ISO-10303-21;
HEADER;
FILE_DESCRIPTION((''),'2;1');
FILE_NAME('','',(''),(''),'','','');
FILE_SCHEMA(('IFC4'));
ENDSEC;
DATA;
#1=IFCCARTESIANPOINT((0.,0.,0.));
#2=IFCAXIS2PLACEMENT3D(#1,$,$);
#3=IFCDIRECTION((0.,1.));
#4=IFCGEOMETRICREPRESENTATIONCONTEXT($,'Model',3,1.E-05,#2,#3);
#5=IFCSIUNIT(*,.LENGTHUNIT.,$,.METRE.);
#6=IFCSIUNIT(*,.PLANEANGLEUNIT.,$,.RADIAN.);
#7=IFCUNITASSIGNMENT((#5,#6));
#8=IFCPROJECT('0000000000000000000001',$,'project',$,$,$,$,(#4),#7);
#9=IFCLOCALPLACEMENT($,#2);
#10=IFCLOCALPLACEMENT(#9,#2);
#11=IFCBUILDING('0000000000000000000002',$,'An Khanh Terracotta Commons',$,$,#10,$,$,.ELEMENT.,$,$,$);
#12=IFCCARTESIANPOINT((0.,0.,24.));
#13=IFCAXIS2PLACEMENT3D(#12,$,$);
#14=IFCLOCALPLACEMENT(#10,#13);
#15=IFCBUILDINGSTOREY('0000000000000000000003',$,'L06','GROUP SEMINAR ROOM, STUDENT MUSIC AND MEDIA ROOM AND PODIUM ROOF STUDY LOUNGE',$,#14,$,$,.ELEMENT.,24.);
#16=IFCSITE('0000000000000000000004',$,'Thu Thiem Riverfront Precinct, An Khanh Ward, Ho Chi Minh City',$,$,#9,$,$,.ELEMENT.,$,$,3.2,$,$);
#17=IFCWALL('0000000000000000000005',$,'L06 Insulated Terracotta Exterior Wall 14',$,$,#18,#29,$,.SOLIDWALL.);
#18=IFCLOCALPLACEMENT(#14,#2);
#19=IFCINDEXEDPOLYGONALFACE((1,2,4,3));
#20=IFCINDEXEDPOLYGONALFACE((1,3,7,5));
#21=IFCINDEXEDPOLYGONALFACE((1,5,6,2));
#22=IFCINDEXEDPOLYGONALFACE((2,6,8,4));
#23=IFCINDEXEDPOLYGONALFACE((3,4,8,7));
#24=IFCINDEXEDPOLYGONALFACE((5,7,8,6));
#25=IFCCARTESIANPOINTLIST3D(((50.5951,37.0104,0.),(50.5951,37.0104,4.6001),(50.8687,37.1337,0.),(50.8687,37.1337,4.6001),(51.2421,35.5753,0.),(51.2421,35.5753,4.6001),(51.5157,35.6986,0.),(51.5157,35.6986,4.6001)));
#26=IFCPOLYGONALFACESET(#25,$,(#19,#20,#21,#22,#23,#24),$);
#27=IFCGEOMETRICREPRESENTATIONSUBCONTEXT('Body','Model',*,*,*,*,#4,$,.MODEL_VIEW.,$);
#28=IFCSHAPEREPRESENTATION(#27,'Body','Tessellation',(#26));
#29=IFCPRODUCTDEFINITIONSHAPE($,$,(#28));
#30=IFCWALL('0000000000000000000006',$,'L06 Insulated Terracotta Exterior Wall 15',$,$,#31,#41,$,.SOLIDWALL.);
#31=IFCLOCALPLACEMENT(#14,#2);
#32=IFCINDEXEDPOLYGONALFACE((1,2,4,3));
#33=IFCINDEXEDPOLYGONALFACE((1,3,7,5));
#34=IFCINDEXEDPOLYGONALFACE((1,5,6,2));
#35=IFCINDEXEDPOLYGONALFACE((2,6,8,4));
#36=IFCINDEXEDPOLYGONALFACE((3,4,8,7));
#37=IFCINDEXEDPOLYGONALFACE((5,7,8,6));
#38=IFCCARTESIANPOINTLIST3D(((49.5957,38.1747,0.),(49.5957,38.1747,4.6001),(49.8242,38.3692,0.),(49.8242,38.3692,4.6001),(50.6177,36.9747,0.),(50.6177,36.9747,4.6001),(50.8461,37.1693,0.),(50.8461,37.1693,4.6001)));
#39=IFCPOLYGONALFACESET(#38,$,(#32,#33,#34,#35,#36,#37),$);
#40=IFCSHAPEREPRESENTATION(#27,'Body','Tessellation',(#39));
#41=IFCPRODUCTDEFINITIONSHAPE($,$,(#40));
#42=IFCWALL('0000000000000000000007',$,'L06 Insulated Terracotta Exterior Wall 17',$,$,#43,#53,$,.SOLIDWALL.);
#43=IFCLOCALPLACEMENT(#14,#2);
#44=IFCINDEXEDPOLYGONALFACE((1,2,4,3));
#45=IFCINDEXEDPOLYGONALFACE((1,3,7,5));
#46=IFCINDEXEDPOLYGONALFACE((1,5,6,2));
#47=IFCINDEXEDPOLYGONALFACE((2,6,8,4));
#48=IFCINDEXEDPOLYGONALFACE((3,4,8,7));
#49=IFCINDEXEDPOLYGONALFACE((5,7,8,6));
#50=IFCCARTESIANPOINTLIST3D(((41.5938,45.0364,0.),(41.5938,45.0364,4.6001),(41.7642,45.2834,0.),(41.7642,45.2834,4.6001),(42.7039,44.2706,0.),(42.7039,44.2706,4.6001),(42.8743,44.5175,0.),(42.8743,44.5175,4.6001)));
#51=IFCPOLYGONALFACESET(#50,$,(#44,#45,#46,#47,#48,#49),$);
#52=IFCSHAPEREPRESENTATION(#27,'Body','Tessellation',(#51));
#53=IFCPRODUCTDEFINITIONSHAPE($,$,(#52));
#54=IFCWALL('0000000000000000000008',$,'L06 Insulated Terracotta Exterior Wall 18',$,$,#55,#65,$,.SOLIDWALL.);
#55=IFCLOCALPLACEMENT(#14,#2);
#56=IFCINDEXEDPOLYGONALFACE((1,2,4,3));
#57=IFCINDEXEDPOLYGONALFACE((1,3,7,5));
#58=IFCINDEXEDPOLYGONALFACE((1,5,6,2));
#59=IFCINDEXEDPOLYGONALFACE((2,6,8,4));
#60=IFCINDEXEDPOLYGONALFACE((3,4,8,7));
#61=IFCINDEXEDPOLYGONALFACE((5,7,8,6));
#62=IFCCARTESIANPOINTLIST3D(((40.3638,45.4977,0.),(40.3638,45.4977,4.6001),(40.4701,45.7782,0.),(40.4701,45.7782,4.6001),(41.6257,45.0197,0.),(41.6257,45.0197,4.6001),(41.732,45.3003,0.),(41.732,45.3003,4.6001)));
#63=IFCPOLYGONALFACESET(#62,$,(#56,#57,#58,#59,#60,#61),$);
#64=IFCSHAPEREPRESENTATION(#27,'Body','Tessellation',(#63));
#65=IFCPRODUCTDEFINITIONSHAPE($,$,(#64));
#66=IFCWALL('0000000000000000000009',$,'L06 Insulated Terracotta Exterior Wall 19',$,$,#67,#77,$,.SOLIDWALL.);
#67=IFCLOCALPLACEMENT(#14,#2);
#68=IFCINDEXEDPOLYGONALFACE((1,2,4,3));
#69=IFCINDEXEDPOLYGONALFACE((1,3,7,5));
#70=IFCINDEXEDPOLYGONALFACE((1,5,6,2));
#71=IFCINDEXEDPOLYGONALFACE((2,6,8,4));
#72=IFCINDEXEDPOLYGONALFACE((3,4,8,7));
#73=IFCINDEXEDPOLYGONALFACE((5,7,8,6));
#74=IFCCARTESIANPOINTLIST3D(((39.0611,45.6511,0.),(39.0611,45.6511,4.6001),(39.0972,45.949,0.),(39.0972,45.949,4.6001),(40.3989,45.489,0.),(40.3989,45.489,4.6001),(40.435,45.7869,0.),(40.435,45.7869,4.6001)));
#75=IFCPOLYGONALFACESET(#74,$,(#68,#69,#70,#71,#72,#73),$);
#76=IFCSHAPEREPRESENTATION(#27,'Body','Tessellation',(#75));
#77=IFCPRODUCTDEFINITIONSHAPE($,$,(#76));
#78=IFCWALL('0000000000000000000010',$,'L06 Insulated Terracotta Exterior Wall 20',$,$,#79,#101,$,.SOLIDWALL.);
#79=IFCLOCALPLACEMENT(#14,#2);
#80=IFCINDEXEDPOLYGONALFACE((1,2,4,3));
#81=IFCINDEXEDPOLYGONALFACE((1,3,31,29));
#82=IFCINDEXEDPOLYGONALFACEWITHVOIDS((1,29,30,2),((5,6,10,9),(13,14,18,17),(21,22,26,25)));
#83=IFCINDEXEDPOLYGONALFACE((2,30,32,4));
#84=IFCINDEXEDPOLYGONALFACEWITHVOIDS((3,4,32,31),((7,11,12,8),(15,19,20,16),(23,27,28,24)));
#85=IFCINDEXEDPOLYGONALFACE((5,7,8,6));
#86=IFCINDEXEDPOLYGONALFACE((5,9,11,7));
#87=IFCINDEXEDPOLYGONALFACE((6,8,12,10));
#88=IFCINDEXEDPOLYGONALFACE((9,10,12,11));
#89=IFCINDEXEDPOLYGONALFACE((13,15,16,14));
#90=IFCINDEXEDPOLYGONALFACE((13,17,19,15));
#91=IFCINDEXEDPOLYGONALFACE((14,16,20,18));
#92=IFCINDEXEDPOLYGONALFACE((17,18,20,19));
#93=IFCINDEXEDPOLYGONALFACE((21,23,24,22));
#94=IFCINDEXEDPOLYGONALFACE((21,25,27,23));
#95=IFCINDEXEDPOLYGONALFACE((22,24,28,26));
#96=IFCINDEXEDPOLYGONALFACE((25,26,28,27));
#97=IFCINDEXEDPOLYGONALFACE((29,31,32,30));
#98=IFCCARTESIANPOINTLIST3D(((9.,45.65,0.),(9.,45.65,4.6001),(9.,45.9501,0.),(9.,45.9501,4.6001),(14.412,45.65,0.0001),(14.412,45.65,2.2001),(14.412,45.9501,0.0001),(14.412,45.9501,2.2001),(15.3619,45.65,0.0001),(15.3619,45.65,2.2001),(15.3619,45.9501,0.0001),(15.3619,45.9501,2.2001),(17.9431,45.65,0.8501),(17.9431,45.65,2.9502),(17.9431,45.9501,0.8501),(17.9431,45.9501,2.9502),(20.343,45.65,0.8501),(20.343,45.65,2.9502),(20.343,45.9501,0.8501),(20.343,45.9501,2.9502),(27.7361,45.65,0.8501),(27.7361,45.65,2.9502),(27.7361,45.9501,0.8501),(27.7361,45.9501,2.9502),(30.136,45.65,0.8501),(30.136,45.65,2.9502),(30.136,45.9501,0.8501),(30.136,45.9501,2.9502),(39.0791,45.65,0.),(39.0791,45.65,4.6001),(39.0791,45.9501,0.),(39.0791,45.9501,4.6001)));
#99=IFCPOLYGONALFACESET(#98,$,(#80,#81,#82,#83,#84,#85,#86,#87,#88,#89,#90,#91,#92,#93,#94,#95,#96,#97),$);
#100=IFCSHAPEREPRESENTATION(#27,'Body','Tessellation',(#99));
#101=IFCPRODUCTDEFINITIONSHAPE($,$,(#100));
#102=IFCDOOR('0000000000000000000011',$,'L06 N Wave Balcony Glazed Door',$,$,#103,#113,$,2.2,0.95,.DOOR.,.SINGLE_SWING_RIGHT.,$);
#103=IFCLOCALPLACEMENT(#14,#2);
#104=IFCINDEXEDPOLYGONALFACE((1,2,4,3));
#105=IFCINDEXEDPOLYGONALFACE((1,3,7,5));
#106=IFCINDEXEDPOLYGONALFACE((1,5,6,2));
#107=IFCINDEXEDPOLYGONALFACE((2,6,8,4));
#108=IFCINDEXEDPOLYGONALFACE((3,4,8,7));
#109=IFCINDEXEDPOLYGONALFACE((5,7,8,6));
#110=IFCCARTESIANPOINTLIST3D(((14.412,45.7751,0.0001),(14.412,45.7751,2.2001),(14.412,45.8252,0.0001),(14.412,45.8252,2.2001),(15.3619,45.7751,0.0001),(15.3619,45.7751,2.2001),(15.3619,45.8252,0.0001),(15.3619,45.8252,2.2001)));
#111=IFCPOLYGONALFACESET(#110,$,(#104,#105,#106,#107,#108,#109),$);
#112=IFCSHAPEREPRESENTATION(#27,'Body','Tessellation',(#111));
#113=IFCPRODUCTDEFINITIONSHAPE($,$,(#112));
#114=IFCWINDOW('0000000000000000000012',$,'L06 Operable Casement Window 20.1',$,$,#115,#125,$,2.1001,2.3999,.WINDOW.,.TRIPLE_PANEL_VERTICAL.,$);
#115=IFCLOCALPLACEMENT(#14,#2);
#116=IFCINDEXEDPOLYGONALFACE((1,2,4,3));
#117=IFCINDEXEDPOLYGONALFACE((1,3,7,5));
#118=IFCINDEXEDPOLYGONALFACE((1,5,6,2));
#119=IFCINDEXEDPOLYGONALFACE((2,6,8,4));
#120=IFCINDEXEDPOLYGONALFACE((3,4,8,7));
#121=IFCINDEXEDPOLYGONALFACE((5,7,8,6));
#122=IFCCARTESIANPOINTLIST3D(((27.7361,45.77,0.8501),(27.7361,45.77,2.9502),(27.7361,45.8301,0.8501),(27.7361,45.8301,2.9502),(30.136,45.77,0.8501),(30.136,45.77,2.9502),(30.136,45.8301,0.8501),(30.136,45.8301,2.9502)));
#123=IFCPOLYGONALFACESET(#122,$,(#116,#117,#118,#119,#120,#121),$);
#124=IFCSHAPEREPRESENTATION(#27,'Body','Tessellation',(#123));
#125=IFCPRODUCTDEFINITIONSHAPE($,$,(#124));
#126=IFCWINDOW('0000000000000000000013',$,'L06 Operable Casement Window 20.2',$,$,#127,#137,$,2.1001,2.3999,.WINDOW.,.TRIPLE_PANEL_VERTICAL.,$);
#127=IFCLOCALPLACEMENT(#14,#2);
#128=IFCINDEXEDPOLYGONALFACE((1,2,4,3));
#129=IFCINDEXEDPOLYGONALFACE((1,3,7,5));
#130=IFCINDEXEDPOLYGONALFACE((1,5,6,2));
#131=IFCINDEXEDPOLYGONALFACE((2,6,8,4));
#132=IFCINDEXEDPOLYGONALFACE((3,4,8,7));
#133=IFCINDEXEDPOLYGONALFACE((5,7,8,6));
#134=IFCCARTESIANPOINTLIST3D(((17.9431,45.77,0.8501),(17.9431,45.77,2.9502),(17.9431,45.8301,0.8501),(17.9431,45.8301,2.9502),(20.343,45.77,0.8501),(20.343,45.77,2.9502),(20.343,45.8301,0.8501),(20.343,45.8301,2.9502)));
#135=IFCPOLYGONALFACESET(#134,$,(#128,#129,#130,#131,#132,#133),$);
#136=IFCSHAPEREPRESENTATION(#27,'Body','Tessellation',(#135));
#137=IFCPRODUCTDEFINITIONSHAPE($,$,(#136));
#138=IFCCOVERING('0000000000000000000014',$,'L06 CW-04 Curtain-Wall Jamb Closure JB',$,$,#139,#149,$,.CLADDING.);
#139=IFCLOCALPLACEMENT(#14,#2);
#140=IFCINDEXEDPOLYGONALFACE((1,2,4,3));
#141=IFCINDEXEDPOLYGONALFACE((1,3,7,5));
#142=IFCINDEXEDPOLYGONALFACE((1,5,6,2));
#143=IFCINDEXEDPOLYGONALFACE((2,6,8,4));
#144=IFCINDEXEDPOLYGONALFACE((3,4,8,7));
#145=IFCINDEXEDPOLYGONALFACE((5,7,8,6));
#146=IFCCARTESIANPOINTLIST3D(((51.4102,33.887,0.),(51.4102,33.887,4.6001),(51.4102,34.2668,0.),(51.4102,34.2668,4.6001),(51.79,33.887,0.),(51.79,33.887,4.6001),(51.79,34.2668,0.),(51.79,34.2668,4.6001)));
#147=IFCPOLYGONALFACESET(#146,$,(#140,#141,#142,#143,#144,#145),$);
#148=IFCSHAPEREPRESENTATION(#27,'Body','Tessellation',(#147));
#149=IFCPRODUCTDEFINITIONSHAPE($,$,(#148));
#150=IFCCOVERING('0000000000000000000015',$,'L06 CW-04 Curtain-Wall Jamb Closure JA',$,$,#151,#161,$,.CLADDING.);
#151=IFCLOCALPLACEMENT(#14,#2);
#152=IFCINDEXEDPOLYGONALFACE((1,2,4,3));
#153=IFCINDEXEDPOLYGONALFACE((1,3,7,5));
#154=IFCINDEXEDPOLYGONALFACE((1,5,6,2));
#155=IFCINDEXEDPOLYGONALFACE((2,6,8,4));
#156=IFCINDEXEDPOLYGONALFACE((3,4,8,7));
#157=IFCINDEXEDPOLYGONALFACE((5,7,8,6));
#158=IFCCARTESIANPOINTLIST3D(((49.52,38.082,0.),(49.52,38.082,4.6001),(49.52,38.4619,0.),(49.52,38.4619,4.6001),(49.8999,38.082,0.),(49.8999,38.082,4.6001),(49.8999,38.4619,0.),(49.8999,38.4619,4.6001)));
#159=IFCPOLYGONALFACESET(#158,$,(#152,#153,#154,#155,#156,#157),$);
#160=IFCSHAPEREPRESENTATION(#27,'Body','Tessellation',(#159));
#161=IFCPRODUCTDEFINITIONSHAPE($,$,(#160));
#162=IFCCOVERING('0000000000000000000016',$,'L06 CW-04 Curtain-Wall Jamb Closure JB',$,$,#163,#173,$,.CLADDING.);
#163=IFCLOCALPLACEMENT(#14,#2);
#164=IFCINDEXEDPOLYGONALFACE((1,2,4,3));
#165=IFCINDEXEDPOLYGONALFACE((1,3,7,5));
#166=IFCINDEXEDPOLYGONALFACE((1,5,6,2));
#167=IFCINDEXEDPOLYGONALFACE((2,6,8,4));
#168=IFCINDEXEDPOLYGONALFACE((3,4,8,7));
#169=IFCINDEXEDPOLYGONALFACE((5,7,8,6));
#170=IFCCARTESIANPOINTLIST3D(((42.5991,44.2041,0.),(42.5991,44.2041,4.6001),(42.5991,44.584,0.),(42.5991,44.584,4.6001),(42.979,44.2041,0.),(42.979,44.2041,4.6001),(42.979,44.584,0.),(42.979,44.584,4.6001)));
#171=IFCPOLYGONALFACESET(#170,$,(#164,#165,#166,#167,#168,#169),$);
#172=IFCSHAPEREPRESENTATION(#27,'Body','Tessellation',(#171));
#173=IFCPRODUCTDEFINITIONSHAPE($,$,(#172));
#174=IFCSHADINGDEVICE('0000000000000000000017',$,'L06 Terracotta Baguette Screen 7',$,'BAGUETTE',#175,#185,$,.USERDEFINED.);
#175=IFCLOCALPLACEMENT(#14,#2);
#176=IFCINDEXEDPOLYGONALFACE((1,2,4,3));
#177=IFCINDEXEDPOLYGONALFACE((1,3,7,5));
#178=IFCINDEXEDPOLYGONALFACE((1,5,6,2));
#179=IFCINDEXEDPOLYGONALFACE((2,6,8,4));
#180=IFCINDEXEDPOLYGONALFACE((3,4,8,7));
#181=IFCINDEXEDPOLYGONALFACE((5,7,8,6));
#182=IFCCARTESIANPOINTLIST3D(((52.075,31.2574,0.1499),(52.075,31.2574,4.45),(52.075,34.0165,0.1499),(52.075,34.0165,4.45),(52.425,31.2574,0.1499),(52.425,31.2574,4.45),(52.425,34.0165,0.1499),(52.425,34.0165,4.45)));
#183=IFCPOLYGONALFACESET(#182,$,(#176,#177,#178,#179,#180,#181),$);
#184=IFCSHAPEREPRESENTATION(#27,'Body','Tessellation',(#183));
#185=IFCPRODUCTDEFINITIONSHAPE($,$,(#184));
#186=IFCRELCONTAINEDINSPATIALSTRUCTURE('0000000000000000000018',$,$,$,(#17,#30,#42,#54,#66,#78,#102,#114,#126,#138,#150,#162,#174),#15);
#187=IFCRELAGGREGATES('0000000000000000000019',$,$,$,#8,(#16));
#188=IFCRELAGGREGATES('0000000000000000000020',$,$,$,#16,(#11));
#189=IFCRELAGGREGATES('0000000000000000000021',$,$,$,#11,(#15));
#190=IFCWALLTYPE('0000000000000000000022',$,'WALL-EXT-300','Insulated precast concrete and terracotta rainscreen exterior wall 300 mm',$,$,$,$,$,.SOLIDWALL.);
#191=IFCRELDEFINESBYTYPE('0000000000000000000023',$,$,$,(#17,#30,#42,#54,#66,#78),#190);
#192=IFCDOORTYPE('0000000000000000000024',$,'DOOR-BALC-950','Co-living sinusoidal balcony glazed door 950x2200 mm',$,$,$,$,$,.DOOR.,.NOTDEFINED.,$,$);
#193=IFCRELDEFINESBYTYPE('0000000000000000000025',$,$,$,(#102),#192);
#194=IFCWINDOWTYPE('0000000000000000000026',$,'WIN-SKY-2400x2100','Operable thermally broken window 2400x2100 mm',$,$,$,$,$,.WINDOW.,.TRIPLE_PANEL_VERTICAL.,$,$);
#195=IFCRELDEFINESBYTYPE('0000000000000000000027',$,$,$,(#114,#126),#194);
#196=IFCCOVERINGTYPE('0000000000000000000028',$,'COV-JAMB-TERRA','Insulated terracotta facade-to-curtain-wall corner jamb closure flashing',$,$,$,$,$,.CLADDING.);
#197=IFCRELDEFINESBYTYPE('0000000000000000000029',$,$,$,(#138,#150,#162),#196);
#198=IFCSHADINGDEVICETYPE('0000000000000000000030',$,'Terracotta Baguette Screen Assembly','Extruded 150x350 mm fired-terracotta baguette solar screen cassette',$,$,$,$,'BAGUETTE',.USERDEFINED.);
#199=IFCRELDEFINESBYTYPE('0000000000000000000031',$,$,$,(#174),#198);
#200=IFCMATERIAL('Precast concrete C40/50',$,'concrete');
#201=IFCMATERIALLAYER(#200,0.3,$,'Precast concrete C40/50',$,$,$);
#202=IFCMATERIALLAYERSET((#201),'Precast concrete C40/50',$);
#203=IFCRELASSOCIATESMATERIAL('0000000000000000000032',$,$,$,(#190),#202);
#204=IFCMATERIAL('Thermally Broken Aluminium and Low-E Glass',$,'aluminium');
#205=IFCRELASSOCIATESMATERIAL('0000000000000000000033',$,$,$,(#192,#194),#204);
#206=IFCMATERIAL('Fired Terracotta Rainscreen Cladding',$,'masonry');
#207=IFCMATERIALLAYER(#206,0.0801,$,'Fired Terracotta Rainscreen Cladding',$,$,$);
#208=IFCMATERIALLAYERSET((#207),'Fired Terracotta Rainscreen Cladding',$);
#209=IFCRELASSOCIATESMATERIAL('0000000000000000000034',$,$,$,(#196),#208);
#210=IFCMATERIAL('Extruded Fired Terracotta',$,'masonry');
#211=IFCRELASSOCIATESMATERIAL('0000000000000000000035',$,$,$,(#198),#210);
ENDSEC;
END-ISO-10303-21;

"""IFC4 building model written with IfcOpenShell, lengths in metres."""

from ifc_helpers import new_model, si_unit, direction, frame, frame_2d, origin, origin_2d, place, context, subcontext, project, spatial, rectangle, extrude, material, layer, layer_set, type_object, element, fill, save


model = new_model("IFC4")

# Units and contexts
model_context = context("Model", 3, precision=1e-05, world=origin(), true_north=direction((0.0, 1.0)))
body_context = subcontext(model_context, "Body", "Model", "MODEL_VIEW")
ifc_project = project(units=[si_unit("LENGTHUNIT", "METRE"), si_unit("PLANEANGLEUNIT", "RADIAN")], contexts=[model_context])

# Site, building, storey
site_placement = place(None, origin())
site = spatial("IfcSite", under=ifc_project, at=site_placement, Name="Thu Thiem Riverfront Precinct, An Khanh Ward, Ho Chi Minh City", CompositionType="ELEMENT", RefElevation=3.2)
building_placement = place(site_placement, origin())
building = spatial("IfcBuilding", under=site, at=building_placement, Name="An Khanh Terracotta Commons", CompositionType="ELEMENT")
storey_placement = place(building_placement, frame((0.0, 0.0, 24.0)))
storey = spatial("IfcBuildingStorey", under=building, at=storey_placement, Name="L06", Description="GROUP SEMINAR ROOM, STUDENT MUSIC AND MEDIA ROOM AND PODIUM ROOF STUDY LOUNGE", CompositionType="ELEMENT", Elevation=24.0)

# Walls
ifc_material_1 = material(Name="Precast concrete C40/50", Category="concrete")
ifc_layer_1 = layer(ifc_material_1, 0.3, Name="Precast concrete C40/50")
ifc_layer_set_1 = layer_set([ifc_layer_1], Name="Precast concrete C40/50")
wall_type = type_object("IfcWallType", Name="WALL-EXT-300", Description="Insulated precast concrete and terracotta rainscreen exterior wall 300 mm", PredefinedType="SOLIDWALL", material=ifc_layer_set_1)
wall_1_placement = place(storey_placement, frame((51.3789, 35.637, 0.0), z_axis=(0.0, 0.0, 1.0), x_axis=(-0.410997, 0.911637, 0.0)))
element("IfcWall", 1, at=wall_1_placement, inside=storey, type_object=wall_type, Name="L06 Insulated Terracotta Exterior Wall 14", PredefinedType="SOLIDWALL", context=body_context, shape_type="SweptSolid", body=[
    extrude(rectangle(XDim=1.5742, YDim=0.3, at=frame_2d((0.7871, 0.0))), origin(), (0.0, 0.0, 1.0), 4.6001),
])
wall_2_placement = place(storey_placement, frame((50.7319, 37.072, 0.0), z_axis=(0.0, 0.0, 1.0), x_axis=(-0.64839, 0.761308, 0.0)))
element("IfcWall", 2, at=wall_2_placement, inside=storey, type_object=wall_type, Name="L06 Insulated Terracotta Exterior Wall 15", PredefinedType="SOLIDWALL", context=body_context, shape_type="SweptSolid", body=[
    extrude(rectangle(XDim=1.5762, YDim=0.3, at=frame_2d((0.7881, 0.0))), origin(), (0.0, 0.0, 1.0), 4.6001),
])
wall_3_placement = place(storey_placement, frame((42.7891, 44.394, 0.0), z_axis=(0.0, 0.0, 1.0), x_axis=(-0.823117, 0.567873, 0.0)))
element("IfcWall", 3, at=wall_3_placement, inside=storey, type_object=wall_type, Name="L06 Insulated Terracotta Exterior Wall 17", PredefinedType="SOLIDWALL", context=body_context, shape_type="SweptSolid", body=[
    extrude(rectangle(XDim=1.3486, YDim=0.3, at=frame_2d((0.6743, 0.0))), origin(), (0.0, 0.0, 1.0), 4.6001),
])
wall_4_placement = place(storey_placement, frame((41.679, 45.1599, 0.0), z_axis=(0.0, 0.0, 1.0), x_axis=(-0.935157, 0.354234, 0.0)))
element("IfcWall", 4, at=wall_4_placement, inside=storey, type_object=wall_type, Name="L06 Insulated Terracotta Exterior Wall 18", PredefinedType="SOLIDWALL", context=body_context, shape_type="SweptSolid", body=[
    extrude(rectangle(XDim=1.3494, YDim=0.3, at=frame_2d((0.6748, 0.0))), origin(), (0.0, 0.0, 1.0), 4.6001),
])
wall_5_placement = place(storey_placement, frame((40.417, 45.6379, 0.0), z_axis=(0.0, 0.0, 1.0), x_axis=(-0.992739, 0.120288, 0.0)))
element("IfcWall", 5, at=wall_5_placement, inside=storey, type_object=wall_type, Name="L06 Insulated Terracotta Exterior Wall 19", PredefinedType="SOLIDWALL", context=body_context, shape_type="SweptSolid", body=[
    extrude(rectangle(XDim=1.3477, YDim=0.3, at=frame_2d((0.6738, 0.0))), origin(), (0.0, 0.0, 1.0), 4.6001),
])

# Wall, openings, door, windows
wall_6_placement = place(storey_placement, frame((39.0791, 45.8, 0.0), z_axis=(0.0, 0.0, 1.0), x_axis=(-1.0, 0.0, 0.0)))
wall_6 = element("IfcWall", 6, at=wall_6_placement, inside=storey, type_object=wall_type, Name="L06 Insulated Terracotta Exterior Wall 20", PredefinedType="SOLIDWALL", context=body_context, shape_type="SweptSolid", body=[
    extrude(rectangle(XDim=30.0791, YDim=0.3, at=frame_2d((15.0396, 0.0))), origin(), (0.0, 0.0, 1.0), 4.6001),
])
opening_1_placement = place(wall_6_placement, frame((23.717, 0.0, 0.0)))
opening_1 = element("IfcOpeningElement", 7, at=opening_1_placement, cuts=wall_6, PredefinedType="OPENING", context=body_context, shape_type="SweptSolid", body=[
    extrude(rectangle(XDim=0.95, YDim=2.2, at=frame_2d((0.4751, 1.1001))), frame((0.0, 0.1599, 0.0), z_axis=(0.0, -1.0, 0.0), x_axis=(1.0, 0.0, 0.0)), (0.0, 0.0, 1.0), 0.3201),
])
opening_2_placement = place(wall_6_placement, frame((8.9431, 0.0, 0.8501)))
opening_2 = element("IfcOpeningElement", 8, at=opening_2_placement, cuts=wall_6, PredefinedType="OPENING", context=body_context, shape_type="SweptSolid", body=[
    extrude(rectangle(XDim=2.3999, YDim=2.1001, at=frame_2d((1.2, 1.05))), frame((0.0, 0.1599, 0.0), z_axis=(0.0, -1.0, 0.0), x_axis=(1.0, 0.0, 0.0)), (0.0, 0.0, 1.0), 0.3201),
])
opening_3_placement = place(wall_6_placement, frame((18.7361, 0.0, 0.8501)))
opening_3 = element("IfcOpeningElement", 9, at=opening_3_placement, cuts=wall_6, PredefinedType="OPENING", context=body_context, shape_type="SweptSolid", body=[
    extrude(rectangle(XDim=2.3999, YDim=2.1001, at=frame_2d((1.2, 1.05))), frame((0.0, 0.1599, 0.0), z_axis=(0.0, -1.0, 0.0), x_axis=(1.0, 0.0, 0.0)), (0.0, 0.0, 1.0), 0.3201),
])
ifc_material_2 = material(Name="Thermally Broken Aluminium and Low-E Glass", Category="aluminium")
door_type = type_object("IfcDoorType", Name="DOOR-BALC-950", Description="Co-living sinusoidal balcony glazed door 950x2200 mm", OperationType="NOTDEFINED", PredefinedType="DOOR", material=ifc_material_2)
door_placement = place(opening_1_placement, origin())
door = element("IfcDoor", 10, at=door_placement, inside=storey, type_object=door_type, Name="L06 N Wave Balcony Glazed Door", OperationType="SINGLE_SWING_RIGHT", OverallHeight=2.2, OverallWidth=0.95, PredefinedType="DOOR", context=body_context, shape_type="SweptSolid", body=[
    extrude(rectangle(XDim=0.95, YDim=2.2, at=frame_2d((0.4751, 1.1001))), frame((0.0, 0.0249, 0.0), z_axis=(0.0, -1.0, 0.0), x_axis=(1.0, 0.0, 0.0)), (0.0, 0.0, 1.0), 0.05),
])
fill(opening_1, door)
window_type = type_object("IfcWindowType", Name="WIN-SKY-2400x2100", Description="Operable thermally broken window 2400x2100 mm", PartitioningType="TRIPLE_PANEL_VERTICAL", PredefinedType="WINDOW", material=ifc_material_2)
window_1_placement = place(opening_2_placement, origin())
window_1 = element("IfcWindow", 11, at=window_1_placement, inside=storey, type_object=window_type, Name="L06 Operable Casement Window 20.1", OverallHeight=2.1001, OverallWidth=2.3999, PartitioningType="TRIPLE_PANEL_VERTICAL", PredefinedType="WINDOW", context=body_context, shape_type="SweptSolid", body=[
    extrude(rectangle(XDim=2.3999, YDim=2.1001, at=frame_2d((1.2, 1.05))), frame((0.0, 0.03, 0.0), z_axis=(0.0, -1.0, 0.0), x_axis=(1.0, 0.0, 0.0)), (0.0, 0.0, 1.0), 0.0601),
])
fill(opening_2, window_1)
window_2_placement = place(opening_3_placement, origin())
window_2 = element("IfcWindow", 12, at=window_2_placement, inside=storey, type_object=window_type, Name="L06 Operable Casement Window 20.2", OverallHeight=2.1001, OverallWidth=2.3999, PartitioningType="TRIPLE_PANEL_VERTICAL", PredefinedType="WINDOW", context=body_context, shape_type="SweptSolid", body=[
    extrude(rectangle(XDim=2.3999, YDim=2.1001, at=frame_2d((1.2, 1.05))), frame((0.0, 0.03, 0.0), z_axis=(0.0, -1.0, 0.0), x_axis=(1.0, 0.0, 0.0)), (0.0, 0.0, 1.0), 0.0601),
])
fill(opening_3, window_2)

# Coverings
ifc_material_3 = material(Name="Fired Terracotta Rainscreen Cladding", Category="masonry")
ifc_layer_2 = layer(ifc_material_3, 0.0801, Name="Fired Terracotta Rainscreen Cladding")
ifc_layer_set_2 = layer_set([ifc_layer_2], Name="Fired Terracotta Rainscreen Cladding")
covering_type = type_object("IfcCoveringType", Name="COV-JAMB-TERRA", Description="Insulated terracotta facade-to-curtain-wall corner jamb closure flashing", PredefinedType="CLADDING", material=ifc_layer_set_2)
for number, where, z_axis, x_axis, name in (
    (13, (51.6001, 34.0769, 0.0), (0.0, 0.0, 1.0), (1.0, 0.0, 0.0), "L06 CW-04 Curtain-Wall Jamb Closure JB"),
    (14, (49.71, 38.272, 0.0), (0.0, 0.0, 1.0), (1.0, 0.0, 0.0), "L06 CW-04 Curtain-Wall Jamb Closure JA"),
    (15, (42.7891, 44.394, 0.0), (0.0, 0.0, 1.0), (1.0, 0.0, 0.0), "L06 CW-04 Curtain-Wall Jamb Closure JB"),
):
    element("IfcCovering", number, at=place(storey_placement, frame(where, z_axis=z_axis, x_axis=x_axis)), inside=storey, type_object=covering_type, Name=name, PredefinedType="CLADDING", context=body_context, shape_type="SweptSolid", body=[
        extrude(rectangle(XDim=0.3799, YDim=0.3799, at=origin_2d()), origin(), (0.0, 0.0, 1.0), 4.6001),
    ])

# Shading device
ifc_material_4 = material(Name="Extruded Fired Terracotta", Category="masonry")
shading_device_type = type_object("IfcShadingDeviceType", Name="Terracotta Baguette Screen Assembly", Description="Extruded 150x350 mm fired-terracotta baguette solar screen cassette", ElementType="BAGUETTE", PredefinedType="USERDEFINED", material=ifc_material_4)
shading_device_placement = place(storey_placement, frame((52.25, 32.637, 0.1499), z_axis=(0.0, 0.0, 1.0), x_axis=(0.0, 1.0, 0.0)))
element("IfcShadingDevice", 16, at=shading_device_placement, inside=storey, type_object=shading_device_type, Name="L06 Terracotta Baguette Screen 7", ObjectType="BAGUETTE", PredefinedType="USERDEFINED", context=body_context, shape_type="SweptSolid", body=[
    extrude(rectangle(XDim=2.759, YDim=0.3501, at=origin_2d()), origin(), (0.0, 0.0, 1.0), 4.3),
])

save(model, "model.ifc")
